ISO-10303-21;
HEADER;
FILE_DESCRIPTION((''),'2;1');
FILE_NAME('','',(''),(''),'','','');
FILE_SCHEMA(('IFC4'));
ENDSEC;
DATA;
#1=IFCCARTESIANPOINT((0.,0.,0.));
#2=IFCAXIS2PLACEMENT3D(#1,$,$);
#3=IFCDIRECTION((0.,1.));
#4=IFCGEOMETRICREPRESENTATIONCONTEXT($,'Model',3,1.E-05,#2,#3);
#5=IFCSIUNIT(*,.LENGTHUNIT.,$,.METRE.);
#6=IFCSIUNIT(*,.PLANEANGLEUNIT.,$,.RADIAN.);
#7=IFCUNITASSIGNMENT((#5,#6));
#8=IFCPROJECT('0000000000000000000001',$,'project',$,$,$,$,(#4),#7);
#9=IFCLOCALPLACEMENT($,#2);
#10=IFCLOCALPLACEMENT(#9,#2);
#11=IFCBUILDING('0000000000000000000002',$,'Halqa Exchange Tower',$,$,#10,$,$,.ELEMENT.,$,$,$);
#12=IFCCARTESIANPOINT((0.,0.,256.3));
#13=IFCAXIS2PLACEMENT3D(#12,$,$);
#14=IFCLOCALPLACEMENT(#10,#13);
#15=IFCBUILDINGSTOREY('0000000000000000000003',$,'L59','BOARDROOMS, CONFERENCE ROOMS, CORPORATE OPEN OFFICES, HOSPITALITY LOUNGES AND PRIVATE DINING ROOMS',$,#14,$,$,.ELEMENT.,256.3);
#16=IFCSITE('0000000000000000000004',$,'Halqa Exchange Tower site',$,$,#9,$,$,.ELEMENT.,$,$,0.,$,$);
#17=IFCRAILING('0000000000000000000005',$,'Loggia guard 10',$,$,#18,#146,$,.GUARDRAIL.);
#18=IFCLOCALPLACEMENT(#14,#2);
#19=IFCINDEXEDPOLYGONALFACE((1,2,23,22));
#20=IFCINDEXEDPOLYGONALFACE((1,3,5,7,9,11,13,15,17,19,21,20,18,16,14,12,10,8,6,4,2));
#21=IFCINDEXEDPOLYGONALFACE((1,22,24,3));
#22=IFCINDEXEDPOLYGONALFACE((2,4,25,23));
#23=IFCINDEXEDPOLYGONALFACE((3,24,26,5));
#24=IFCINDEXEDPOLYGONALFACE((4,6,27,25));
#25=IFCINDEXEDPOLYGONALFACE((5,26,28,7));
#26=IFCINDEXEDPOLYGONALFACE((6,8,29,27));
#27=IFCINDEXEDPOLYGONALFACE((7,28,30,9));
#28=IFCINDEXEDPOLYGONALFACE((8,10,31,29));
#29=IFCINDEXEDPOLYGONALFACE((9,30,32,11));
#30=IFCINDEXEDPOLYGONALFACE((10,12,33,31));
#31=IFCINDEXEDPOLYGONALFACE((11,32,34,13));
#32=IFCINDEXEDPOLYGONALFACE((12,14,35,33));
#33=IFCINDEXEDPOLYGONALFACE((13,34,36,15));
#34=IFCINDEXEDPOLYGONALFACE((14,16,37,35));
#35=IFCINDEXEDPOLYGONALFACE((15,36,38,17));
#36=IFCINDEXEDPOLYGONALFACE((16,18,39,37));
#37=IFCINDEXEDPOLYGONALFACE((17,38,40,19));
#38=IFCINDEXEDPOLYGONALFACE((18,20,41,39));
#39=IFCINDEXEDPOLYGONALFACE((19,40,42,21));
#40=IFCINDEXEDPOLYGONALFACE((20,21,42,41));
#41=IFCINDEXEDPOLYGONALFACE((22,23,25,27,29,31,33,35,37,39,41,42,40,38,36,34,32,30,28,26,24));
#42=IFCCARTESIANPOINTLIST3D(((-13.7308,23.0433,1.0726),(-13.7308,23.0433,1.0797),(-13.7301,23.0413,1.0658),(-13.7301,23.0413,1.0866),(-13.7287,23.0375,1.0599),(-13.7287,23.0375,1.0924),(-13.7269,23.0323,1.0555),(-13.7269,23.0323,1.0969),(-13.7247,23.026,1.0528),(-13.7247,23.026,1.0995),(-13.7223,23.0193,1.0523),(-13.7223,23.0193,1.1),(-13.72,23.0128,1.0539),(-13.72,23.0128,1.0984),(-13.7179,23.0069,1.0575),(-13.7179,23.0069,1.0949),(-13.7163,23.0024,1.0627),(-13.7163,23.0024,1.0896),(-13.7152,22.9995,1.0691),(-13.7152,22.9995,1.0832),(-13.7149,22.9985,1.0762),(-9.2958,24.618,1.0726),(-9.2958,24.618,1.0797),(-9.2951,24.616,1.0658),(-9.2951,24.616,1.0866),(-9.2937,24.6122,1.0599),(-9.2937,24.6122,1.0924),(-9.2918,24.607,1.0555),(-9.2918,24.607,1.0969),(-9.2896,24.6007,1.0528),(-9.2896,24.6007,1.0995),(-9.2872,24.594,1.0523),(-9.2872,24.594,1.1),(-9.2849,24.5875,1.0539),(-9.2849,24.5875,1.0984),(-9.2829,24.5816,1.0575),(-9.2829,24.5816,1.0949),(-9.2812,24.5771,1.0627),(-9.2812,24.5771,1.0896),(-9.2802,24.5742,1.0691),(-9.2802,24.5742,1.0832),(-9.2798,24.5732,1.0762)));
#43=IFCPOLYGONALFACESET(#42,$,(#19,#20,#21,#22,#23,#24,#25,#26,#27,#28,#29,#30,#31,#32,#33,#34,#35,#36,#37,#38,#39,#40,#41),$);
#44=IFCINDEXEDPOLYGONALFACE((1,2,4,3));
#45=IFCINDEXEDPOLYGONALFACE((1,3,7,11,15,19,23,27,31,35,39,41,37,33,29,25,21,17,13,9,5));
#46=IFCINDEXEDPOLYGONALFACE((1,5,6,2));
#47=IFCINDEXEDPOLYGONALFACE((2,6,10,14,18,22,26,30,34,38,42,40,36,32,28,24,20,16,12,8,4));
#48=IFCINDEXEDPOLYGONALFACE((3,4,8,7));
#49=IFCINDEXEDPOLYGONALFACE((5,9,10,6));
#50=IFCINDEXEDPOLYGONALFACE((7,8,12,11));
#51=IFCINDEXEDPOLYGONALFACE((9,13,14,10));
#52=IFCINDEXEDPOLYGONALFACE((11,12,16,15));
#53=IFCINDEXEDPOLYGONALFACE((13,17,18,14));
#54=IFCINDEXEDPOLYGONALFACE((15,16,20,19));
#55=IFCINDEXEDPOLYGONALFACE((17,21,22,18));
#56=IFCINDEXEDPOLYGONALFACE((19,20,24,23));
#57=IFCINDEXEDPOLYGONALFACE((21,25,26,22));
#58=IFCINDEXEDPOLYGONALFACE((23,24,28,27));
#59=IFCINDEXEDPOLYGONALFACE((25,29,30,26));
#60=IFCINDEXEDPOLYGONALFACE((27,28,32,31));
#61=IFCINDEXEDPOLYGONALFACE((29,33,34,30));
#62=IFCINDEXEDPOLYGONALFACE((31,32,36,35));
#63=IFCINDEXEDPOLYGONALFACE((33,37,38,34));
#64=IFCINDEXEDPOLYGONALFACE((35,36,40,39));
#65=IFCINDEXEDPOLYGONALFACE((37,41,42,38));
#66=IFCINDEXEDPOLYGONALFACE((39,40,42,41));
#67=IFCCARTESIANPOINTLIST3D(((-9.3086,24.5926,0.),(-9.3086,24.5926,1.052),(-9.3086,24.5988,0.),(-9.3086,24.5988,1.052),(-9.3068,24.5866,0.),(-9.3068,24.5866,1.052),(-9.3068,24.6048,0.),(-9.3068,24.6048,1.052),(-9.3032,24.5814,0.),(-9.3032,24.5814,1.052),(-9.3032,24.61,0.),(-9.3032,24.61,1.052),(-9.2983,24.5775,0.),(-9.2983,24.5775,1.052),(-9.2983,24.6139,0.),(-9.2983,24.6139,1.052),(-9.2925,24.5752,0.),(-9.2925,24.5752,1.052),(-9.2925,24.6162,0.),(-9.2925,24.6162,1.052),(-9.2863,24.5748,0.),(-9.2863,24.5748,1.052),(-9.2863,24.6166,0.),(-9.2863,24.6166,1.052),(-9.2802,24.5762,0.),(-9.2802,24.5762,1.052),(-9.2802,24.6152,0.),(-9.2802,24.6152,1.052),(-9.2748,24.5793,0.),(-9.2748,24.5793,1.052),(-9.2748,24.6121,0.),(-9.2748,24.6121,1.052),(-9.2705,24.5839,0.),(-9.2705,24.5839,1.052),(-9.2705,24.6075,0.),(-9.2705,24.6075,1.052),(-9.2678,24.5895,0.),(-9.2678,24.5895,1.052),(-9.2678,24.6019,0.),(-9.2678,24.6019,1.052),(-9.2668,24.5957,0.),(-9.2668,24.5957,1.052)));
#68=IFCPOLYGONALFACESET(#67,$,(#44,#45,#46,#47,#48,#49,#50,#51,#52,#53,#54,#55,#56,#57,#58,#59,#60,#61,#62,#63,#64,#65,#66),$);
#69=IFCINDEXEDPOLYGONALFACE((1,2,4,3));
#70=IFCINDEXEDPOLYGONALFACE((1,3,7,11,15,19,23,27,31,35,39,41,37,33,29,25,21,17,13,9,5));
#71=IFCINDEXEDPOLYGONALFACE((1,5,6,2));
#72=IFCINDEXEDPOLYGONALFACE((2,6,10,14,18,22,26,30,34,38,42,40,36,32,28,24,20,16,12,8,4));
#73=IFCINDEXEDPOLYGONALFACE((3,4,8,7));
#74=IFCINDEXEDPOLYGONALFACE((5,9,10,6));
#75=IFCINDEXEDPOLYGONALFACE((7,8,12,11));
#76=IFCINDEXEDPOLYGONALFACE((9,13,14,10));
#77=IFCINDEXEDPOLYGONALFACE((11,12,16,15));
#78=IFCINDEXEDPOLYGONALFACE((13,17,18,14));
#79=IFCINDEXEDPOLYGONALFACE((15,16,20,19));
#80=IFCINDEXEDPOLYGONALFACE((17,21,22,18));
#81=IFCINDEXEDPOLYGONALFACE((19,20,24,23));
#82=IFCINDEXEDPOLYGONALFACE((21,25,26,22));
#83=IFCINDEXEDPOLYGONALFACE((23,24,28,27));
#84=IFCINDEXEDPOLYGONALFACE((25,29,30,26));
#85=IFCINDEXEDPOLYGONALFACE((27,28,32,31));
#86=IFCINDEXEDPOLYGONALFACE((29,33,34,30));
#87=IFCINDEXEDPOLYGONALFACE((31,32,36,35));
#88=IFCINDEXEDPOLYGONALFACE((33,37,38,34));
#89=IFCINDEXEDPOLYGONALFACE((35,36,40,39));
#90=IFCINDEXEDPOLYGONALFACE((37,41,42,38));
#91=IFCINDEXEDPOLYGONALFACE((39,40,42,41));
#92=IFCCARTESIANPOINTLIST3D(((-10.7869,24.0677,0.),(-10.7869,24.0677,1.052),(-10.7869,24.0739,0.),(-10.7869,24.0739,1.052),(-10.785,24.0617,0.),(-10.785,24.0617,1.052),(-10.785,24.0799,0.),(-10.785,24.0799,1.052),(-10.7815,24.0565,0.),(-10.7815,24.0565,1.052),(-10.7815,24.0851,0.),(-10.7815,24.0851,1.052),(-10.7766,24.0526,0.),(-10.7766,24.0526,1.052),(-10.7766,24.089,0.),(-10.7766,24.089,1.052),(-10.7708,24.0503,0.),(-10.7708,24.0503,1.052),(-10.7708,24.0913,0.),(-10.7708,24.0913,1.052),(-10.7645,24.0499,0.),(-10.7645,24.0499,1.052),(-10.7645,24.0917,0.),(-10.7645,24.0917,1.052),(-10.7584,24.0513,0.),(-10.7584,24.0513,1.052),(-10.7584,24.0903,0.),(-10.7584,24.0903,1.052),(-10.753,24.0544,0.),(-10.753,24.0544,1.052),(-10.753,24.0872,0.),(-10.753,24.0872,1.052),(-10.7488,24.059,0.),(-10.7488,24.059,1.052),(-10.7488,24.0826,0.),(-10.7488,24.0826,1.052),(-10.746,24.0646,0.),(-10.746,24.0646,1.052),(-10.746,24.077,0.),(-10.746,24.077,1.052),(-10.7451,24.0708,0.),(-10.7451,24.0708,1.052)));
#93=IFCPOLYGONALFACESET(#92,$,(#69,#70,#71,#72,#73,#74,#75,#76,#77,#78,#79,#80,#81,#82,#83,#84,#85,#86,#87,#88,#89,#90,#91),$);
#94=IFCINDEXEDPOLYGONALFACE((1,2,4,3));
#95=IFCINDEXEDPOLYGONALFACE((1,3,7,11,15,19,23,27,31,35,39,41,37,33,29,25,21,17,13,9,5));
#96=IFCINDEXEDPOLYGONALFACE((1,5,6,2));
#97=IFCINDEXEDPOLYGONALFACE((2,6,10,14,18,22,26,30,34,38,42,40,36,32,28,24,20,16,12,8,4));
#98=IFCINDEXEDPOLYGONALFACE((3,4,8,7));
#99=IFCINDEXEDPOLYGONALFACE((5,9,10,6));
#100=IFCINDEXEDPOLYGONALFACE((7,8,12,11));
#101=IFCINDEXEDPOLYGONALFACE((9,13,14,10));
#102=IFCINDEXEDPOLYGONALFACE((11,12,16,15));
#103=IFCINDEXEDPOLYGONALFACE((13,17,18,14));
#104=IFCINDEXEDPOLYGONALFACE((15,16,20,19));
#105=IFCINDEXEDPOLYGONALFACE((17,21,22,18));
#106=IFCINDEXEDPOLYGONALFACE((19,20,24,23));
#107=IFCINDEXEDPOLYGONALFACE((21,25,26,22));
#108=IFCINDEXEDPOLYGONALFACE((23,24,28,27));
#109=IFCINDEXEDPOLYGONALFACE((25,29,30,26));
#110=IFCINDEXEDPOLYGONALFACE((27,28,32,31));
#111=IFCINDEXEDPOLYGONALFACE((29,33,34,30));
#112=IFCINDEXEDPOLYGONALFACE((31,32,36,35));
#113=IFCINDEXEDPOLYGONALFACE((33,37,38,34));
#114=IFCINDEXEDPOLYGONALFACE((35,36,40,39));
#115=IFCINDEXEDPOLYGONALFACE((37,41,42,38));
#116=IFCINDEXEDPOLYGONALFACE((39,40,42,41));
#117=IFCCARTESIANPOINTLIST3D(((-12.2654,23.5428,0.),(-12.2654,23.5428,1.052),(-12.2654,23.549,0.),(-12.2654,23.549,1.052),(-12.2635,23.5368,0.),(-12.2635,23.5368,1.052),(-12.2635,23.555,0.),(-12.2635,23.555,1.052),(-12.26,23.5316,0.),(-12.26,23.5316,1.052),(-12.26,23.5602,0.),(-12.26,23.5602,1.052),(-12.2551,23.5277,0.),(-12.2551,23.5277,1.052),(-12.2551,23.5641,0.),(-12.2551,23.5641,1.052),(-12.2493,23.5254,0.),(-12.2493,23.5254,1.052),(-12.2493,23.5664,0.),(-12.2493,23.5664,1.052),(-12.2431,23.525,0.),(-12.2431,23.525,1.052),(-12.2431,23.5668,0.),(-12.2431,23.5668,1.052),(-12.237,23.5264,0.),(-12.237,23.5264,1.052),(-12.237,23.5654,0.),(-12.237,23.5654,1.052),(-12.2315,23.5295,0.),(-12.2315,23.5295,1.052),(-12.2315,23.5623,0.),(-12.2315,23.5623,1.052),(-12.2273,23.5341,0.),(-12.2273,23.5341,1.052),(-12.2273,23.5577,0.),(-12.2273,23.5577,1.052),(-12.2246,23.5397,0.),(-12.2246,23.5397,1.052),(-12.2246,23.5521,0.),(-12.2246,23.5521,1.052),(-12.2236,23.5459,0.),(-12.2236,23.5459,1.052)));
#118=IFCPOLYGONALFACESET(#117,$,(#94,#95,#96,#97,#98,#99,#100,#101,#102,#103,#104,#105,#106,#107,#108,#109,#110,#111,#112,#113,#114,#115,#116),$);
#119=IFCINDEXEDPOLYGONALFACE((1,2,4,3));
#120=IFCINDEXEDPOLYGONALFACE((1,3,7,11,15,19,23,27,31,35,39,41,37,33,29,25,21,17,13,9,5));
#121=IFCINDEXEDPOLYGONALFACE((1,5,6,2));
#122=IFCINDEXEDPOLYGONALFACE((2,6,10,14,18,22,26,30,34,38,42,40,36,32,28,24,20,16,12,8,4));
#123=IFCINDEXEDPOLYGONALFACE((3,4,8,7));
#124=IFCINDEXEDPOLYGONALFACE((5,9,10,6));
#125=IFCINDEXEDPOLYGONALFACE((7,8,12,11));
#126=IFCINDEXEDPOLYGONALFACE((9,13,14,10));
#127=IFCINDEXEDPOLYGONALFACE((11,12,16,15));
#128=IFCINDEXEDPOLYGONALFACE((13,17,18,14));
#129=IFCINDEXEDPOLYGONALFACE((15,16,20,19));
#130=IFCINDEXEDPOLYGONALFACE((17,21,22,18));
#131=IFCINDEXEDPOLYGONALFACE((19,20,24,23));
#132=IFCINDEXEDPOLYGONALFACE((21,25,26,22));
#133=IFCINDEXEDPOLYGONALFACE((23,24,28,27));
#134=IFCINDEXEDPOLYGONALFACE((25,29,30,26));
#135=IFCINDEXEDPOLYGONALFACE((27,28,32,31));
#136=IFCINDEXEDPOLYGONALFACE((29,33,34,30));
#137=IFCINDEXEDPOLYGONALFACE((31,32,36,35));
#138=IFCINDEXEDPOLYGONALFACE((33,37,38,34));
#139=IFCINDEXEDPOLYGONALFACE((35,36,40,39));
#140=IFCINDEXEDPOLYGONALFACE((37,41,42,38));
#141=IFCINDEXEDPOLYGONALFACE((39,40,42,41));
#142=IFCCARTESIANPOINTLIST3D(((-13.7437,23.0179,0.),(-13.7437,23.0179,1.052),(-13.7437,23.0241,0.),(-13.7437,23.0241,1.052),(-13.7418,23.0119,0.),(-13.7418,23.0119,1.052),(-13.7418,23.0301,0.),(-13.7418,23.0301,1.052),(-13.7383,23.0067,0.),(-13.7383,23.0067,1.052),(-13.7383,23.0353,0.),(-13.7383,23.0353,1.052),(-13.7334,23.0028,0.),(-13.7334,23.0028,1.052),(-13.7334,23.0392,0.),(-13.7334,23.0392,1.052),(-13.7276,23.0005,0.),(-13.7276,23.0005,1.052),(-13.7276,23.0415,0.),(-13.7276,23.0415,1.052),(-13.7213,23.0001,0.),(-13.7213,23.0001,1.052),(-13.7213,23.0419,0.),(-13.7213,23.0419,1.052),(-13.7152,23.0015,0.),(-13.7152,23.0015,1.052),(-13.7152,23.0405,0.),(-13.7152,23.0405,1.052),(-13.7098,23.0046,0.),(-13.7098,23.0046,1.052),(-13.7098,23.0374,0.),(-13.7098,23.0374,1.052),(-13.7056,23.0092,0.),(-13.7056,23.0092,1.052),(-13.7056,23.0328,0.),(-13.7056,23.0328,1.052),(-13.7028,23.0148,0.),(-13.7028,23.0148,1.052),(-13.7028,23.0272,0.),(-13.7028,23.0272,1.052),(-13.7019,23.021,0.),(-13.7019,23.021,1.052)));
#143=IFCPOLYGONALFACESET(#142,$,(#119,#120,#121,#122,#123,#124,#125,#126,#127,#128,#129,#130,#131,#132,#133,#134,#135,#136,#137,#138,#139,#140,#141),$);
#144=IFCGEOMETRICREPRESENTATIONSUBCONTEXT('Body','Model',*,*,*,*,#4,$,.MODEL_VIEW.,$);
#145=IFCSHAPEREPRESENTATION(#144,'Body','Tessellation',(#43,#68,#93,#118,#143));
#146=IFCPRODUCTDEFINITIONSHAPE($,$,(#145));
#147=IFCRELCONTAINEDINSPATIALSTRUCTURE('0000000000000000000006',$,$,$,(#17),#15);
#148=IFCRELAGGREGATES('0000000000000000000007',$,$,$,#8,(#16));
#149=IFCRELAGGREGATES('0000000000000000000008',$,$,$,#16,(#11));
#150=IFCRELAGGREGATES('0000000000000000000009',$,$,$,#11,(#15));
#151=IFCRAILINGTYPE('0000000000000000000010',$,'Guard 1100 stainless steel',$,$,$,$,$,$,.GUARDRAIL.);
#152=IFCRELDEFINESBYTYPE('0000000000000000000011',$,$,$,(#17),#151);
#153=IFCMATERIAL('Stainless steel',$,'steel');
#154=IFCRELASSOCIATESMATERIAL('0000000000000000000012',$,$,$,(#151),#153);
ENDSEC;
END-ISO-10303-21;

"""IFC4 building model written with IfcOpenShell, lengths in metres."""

from ifc_helpers import new_model, si_unit, direction, frame, origin, origin_2d, place, context, subcontext, project, spatial, circle, extrude, material, type_object, element, save


model = new_model("IFC4")

# Units and contexts
model_context = context("Model", 3, precision=1e-05, world=origin(), true_north=direction((0.0, 1.0)))
body_context = subcontext(model_context, "Body", "Model", "MODEL_VIEW")
ifc_project = project(units=[si_unit("LENGTHUNIT", "METRE"), si_unit("PLANEANGLEUNIT", "RADIAN")], contexts=[model_context])

# Site, building, storey
site_placement = place(None, origin())
site = spatial("IfcSite", under=ifc_project, at=site_placement, Name="Halqa Exchange Tower site", CompositionType="ELEMENT", RefElevation=0.0)
building_placement = place(site_placement, origin())
building = spatial("IfcBuilding", under=site, at=building_placement, Name="Halqa Exchange Tower", CompositionType="ELEMENT")
storey_placement = place(building_placement, frame((0.0, 0.0, 256.3)))
storey = spatial("IfcBuildingStorey", under=building, at=storey_placement, Name="L59", Description="BOARDROOMS, CONFERENCE ROOMS, CORPORATE OPEN OFFICES, HOSPITALITY LOUNGES AND PRIVATE DINING ROOMS", CompositionType="ELEMENT", Elevation=256.3)

# Railing
ifc_material_1 = material(Name="Stainless steel", Category="steel")
railing_type_1 = type_object("IfcRailingType", Name="Guard 1100 stainless steel", PredefinedType="GUARDRAIL", material=ifc_material_1)
railing_1_placement = place(storey_placement, frame((-9.2878, 24.5957, 0.0)))
element("IfcRailing", 1, at=railing_1_placement, inside=storey, type_object=railing_type_1, Name="Loggia guard 10", PredefinedType="GUARDRAIL", context=body_context, shape_type="SweptSolid", body=[
    extrude(circle(Radius=0.0239, at=origin_2d()), frame((0.0, 0.0, 1.0762), z_axis=(-0.942362, -0.334594, 0.0), x_axis=(0.334594, -0.942362, 0.0)), (0.0, 0.0, 1.0), 4.7063),
    extrude(circle(Radius=0.021, at=origin_2d()), origin(), (0.0, 0.0, 1.0), 1.052),
    extrude(circle(Radius=0.021, at=origin_2d()), frame((-1.4783, -0.5249, 0.0)), (0.0, 0.0, 1.0), 1.052),
    extrude(circle(Radius=0.021, at=origin_2d()), frame((-2.9568, -1.0498, 0.0)), (0.0, 0.0, 1.0), 1.052),
    extrude(circle(Radius=0.021, at=origin_2d()), frame((-4.4351, -1.5747, 0.0)), (0.0, 0.0, 1.0), 1.052),
])

save(model, "model.ifc")
